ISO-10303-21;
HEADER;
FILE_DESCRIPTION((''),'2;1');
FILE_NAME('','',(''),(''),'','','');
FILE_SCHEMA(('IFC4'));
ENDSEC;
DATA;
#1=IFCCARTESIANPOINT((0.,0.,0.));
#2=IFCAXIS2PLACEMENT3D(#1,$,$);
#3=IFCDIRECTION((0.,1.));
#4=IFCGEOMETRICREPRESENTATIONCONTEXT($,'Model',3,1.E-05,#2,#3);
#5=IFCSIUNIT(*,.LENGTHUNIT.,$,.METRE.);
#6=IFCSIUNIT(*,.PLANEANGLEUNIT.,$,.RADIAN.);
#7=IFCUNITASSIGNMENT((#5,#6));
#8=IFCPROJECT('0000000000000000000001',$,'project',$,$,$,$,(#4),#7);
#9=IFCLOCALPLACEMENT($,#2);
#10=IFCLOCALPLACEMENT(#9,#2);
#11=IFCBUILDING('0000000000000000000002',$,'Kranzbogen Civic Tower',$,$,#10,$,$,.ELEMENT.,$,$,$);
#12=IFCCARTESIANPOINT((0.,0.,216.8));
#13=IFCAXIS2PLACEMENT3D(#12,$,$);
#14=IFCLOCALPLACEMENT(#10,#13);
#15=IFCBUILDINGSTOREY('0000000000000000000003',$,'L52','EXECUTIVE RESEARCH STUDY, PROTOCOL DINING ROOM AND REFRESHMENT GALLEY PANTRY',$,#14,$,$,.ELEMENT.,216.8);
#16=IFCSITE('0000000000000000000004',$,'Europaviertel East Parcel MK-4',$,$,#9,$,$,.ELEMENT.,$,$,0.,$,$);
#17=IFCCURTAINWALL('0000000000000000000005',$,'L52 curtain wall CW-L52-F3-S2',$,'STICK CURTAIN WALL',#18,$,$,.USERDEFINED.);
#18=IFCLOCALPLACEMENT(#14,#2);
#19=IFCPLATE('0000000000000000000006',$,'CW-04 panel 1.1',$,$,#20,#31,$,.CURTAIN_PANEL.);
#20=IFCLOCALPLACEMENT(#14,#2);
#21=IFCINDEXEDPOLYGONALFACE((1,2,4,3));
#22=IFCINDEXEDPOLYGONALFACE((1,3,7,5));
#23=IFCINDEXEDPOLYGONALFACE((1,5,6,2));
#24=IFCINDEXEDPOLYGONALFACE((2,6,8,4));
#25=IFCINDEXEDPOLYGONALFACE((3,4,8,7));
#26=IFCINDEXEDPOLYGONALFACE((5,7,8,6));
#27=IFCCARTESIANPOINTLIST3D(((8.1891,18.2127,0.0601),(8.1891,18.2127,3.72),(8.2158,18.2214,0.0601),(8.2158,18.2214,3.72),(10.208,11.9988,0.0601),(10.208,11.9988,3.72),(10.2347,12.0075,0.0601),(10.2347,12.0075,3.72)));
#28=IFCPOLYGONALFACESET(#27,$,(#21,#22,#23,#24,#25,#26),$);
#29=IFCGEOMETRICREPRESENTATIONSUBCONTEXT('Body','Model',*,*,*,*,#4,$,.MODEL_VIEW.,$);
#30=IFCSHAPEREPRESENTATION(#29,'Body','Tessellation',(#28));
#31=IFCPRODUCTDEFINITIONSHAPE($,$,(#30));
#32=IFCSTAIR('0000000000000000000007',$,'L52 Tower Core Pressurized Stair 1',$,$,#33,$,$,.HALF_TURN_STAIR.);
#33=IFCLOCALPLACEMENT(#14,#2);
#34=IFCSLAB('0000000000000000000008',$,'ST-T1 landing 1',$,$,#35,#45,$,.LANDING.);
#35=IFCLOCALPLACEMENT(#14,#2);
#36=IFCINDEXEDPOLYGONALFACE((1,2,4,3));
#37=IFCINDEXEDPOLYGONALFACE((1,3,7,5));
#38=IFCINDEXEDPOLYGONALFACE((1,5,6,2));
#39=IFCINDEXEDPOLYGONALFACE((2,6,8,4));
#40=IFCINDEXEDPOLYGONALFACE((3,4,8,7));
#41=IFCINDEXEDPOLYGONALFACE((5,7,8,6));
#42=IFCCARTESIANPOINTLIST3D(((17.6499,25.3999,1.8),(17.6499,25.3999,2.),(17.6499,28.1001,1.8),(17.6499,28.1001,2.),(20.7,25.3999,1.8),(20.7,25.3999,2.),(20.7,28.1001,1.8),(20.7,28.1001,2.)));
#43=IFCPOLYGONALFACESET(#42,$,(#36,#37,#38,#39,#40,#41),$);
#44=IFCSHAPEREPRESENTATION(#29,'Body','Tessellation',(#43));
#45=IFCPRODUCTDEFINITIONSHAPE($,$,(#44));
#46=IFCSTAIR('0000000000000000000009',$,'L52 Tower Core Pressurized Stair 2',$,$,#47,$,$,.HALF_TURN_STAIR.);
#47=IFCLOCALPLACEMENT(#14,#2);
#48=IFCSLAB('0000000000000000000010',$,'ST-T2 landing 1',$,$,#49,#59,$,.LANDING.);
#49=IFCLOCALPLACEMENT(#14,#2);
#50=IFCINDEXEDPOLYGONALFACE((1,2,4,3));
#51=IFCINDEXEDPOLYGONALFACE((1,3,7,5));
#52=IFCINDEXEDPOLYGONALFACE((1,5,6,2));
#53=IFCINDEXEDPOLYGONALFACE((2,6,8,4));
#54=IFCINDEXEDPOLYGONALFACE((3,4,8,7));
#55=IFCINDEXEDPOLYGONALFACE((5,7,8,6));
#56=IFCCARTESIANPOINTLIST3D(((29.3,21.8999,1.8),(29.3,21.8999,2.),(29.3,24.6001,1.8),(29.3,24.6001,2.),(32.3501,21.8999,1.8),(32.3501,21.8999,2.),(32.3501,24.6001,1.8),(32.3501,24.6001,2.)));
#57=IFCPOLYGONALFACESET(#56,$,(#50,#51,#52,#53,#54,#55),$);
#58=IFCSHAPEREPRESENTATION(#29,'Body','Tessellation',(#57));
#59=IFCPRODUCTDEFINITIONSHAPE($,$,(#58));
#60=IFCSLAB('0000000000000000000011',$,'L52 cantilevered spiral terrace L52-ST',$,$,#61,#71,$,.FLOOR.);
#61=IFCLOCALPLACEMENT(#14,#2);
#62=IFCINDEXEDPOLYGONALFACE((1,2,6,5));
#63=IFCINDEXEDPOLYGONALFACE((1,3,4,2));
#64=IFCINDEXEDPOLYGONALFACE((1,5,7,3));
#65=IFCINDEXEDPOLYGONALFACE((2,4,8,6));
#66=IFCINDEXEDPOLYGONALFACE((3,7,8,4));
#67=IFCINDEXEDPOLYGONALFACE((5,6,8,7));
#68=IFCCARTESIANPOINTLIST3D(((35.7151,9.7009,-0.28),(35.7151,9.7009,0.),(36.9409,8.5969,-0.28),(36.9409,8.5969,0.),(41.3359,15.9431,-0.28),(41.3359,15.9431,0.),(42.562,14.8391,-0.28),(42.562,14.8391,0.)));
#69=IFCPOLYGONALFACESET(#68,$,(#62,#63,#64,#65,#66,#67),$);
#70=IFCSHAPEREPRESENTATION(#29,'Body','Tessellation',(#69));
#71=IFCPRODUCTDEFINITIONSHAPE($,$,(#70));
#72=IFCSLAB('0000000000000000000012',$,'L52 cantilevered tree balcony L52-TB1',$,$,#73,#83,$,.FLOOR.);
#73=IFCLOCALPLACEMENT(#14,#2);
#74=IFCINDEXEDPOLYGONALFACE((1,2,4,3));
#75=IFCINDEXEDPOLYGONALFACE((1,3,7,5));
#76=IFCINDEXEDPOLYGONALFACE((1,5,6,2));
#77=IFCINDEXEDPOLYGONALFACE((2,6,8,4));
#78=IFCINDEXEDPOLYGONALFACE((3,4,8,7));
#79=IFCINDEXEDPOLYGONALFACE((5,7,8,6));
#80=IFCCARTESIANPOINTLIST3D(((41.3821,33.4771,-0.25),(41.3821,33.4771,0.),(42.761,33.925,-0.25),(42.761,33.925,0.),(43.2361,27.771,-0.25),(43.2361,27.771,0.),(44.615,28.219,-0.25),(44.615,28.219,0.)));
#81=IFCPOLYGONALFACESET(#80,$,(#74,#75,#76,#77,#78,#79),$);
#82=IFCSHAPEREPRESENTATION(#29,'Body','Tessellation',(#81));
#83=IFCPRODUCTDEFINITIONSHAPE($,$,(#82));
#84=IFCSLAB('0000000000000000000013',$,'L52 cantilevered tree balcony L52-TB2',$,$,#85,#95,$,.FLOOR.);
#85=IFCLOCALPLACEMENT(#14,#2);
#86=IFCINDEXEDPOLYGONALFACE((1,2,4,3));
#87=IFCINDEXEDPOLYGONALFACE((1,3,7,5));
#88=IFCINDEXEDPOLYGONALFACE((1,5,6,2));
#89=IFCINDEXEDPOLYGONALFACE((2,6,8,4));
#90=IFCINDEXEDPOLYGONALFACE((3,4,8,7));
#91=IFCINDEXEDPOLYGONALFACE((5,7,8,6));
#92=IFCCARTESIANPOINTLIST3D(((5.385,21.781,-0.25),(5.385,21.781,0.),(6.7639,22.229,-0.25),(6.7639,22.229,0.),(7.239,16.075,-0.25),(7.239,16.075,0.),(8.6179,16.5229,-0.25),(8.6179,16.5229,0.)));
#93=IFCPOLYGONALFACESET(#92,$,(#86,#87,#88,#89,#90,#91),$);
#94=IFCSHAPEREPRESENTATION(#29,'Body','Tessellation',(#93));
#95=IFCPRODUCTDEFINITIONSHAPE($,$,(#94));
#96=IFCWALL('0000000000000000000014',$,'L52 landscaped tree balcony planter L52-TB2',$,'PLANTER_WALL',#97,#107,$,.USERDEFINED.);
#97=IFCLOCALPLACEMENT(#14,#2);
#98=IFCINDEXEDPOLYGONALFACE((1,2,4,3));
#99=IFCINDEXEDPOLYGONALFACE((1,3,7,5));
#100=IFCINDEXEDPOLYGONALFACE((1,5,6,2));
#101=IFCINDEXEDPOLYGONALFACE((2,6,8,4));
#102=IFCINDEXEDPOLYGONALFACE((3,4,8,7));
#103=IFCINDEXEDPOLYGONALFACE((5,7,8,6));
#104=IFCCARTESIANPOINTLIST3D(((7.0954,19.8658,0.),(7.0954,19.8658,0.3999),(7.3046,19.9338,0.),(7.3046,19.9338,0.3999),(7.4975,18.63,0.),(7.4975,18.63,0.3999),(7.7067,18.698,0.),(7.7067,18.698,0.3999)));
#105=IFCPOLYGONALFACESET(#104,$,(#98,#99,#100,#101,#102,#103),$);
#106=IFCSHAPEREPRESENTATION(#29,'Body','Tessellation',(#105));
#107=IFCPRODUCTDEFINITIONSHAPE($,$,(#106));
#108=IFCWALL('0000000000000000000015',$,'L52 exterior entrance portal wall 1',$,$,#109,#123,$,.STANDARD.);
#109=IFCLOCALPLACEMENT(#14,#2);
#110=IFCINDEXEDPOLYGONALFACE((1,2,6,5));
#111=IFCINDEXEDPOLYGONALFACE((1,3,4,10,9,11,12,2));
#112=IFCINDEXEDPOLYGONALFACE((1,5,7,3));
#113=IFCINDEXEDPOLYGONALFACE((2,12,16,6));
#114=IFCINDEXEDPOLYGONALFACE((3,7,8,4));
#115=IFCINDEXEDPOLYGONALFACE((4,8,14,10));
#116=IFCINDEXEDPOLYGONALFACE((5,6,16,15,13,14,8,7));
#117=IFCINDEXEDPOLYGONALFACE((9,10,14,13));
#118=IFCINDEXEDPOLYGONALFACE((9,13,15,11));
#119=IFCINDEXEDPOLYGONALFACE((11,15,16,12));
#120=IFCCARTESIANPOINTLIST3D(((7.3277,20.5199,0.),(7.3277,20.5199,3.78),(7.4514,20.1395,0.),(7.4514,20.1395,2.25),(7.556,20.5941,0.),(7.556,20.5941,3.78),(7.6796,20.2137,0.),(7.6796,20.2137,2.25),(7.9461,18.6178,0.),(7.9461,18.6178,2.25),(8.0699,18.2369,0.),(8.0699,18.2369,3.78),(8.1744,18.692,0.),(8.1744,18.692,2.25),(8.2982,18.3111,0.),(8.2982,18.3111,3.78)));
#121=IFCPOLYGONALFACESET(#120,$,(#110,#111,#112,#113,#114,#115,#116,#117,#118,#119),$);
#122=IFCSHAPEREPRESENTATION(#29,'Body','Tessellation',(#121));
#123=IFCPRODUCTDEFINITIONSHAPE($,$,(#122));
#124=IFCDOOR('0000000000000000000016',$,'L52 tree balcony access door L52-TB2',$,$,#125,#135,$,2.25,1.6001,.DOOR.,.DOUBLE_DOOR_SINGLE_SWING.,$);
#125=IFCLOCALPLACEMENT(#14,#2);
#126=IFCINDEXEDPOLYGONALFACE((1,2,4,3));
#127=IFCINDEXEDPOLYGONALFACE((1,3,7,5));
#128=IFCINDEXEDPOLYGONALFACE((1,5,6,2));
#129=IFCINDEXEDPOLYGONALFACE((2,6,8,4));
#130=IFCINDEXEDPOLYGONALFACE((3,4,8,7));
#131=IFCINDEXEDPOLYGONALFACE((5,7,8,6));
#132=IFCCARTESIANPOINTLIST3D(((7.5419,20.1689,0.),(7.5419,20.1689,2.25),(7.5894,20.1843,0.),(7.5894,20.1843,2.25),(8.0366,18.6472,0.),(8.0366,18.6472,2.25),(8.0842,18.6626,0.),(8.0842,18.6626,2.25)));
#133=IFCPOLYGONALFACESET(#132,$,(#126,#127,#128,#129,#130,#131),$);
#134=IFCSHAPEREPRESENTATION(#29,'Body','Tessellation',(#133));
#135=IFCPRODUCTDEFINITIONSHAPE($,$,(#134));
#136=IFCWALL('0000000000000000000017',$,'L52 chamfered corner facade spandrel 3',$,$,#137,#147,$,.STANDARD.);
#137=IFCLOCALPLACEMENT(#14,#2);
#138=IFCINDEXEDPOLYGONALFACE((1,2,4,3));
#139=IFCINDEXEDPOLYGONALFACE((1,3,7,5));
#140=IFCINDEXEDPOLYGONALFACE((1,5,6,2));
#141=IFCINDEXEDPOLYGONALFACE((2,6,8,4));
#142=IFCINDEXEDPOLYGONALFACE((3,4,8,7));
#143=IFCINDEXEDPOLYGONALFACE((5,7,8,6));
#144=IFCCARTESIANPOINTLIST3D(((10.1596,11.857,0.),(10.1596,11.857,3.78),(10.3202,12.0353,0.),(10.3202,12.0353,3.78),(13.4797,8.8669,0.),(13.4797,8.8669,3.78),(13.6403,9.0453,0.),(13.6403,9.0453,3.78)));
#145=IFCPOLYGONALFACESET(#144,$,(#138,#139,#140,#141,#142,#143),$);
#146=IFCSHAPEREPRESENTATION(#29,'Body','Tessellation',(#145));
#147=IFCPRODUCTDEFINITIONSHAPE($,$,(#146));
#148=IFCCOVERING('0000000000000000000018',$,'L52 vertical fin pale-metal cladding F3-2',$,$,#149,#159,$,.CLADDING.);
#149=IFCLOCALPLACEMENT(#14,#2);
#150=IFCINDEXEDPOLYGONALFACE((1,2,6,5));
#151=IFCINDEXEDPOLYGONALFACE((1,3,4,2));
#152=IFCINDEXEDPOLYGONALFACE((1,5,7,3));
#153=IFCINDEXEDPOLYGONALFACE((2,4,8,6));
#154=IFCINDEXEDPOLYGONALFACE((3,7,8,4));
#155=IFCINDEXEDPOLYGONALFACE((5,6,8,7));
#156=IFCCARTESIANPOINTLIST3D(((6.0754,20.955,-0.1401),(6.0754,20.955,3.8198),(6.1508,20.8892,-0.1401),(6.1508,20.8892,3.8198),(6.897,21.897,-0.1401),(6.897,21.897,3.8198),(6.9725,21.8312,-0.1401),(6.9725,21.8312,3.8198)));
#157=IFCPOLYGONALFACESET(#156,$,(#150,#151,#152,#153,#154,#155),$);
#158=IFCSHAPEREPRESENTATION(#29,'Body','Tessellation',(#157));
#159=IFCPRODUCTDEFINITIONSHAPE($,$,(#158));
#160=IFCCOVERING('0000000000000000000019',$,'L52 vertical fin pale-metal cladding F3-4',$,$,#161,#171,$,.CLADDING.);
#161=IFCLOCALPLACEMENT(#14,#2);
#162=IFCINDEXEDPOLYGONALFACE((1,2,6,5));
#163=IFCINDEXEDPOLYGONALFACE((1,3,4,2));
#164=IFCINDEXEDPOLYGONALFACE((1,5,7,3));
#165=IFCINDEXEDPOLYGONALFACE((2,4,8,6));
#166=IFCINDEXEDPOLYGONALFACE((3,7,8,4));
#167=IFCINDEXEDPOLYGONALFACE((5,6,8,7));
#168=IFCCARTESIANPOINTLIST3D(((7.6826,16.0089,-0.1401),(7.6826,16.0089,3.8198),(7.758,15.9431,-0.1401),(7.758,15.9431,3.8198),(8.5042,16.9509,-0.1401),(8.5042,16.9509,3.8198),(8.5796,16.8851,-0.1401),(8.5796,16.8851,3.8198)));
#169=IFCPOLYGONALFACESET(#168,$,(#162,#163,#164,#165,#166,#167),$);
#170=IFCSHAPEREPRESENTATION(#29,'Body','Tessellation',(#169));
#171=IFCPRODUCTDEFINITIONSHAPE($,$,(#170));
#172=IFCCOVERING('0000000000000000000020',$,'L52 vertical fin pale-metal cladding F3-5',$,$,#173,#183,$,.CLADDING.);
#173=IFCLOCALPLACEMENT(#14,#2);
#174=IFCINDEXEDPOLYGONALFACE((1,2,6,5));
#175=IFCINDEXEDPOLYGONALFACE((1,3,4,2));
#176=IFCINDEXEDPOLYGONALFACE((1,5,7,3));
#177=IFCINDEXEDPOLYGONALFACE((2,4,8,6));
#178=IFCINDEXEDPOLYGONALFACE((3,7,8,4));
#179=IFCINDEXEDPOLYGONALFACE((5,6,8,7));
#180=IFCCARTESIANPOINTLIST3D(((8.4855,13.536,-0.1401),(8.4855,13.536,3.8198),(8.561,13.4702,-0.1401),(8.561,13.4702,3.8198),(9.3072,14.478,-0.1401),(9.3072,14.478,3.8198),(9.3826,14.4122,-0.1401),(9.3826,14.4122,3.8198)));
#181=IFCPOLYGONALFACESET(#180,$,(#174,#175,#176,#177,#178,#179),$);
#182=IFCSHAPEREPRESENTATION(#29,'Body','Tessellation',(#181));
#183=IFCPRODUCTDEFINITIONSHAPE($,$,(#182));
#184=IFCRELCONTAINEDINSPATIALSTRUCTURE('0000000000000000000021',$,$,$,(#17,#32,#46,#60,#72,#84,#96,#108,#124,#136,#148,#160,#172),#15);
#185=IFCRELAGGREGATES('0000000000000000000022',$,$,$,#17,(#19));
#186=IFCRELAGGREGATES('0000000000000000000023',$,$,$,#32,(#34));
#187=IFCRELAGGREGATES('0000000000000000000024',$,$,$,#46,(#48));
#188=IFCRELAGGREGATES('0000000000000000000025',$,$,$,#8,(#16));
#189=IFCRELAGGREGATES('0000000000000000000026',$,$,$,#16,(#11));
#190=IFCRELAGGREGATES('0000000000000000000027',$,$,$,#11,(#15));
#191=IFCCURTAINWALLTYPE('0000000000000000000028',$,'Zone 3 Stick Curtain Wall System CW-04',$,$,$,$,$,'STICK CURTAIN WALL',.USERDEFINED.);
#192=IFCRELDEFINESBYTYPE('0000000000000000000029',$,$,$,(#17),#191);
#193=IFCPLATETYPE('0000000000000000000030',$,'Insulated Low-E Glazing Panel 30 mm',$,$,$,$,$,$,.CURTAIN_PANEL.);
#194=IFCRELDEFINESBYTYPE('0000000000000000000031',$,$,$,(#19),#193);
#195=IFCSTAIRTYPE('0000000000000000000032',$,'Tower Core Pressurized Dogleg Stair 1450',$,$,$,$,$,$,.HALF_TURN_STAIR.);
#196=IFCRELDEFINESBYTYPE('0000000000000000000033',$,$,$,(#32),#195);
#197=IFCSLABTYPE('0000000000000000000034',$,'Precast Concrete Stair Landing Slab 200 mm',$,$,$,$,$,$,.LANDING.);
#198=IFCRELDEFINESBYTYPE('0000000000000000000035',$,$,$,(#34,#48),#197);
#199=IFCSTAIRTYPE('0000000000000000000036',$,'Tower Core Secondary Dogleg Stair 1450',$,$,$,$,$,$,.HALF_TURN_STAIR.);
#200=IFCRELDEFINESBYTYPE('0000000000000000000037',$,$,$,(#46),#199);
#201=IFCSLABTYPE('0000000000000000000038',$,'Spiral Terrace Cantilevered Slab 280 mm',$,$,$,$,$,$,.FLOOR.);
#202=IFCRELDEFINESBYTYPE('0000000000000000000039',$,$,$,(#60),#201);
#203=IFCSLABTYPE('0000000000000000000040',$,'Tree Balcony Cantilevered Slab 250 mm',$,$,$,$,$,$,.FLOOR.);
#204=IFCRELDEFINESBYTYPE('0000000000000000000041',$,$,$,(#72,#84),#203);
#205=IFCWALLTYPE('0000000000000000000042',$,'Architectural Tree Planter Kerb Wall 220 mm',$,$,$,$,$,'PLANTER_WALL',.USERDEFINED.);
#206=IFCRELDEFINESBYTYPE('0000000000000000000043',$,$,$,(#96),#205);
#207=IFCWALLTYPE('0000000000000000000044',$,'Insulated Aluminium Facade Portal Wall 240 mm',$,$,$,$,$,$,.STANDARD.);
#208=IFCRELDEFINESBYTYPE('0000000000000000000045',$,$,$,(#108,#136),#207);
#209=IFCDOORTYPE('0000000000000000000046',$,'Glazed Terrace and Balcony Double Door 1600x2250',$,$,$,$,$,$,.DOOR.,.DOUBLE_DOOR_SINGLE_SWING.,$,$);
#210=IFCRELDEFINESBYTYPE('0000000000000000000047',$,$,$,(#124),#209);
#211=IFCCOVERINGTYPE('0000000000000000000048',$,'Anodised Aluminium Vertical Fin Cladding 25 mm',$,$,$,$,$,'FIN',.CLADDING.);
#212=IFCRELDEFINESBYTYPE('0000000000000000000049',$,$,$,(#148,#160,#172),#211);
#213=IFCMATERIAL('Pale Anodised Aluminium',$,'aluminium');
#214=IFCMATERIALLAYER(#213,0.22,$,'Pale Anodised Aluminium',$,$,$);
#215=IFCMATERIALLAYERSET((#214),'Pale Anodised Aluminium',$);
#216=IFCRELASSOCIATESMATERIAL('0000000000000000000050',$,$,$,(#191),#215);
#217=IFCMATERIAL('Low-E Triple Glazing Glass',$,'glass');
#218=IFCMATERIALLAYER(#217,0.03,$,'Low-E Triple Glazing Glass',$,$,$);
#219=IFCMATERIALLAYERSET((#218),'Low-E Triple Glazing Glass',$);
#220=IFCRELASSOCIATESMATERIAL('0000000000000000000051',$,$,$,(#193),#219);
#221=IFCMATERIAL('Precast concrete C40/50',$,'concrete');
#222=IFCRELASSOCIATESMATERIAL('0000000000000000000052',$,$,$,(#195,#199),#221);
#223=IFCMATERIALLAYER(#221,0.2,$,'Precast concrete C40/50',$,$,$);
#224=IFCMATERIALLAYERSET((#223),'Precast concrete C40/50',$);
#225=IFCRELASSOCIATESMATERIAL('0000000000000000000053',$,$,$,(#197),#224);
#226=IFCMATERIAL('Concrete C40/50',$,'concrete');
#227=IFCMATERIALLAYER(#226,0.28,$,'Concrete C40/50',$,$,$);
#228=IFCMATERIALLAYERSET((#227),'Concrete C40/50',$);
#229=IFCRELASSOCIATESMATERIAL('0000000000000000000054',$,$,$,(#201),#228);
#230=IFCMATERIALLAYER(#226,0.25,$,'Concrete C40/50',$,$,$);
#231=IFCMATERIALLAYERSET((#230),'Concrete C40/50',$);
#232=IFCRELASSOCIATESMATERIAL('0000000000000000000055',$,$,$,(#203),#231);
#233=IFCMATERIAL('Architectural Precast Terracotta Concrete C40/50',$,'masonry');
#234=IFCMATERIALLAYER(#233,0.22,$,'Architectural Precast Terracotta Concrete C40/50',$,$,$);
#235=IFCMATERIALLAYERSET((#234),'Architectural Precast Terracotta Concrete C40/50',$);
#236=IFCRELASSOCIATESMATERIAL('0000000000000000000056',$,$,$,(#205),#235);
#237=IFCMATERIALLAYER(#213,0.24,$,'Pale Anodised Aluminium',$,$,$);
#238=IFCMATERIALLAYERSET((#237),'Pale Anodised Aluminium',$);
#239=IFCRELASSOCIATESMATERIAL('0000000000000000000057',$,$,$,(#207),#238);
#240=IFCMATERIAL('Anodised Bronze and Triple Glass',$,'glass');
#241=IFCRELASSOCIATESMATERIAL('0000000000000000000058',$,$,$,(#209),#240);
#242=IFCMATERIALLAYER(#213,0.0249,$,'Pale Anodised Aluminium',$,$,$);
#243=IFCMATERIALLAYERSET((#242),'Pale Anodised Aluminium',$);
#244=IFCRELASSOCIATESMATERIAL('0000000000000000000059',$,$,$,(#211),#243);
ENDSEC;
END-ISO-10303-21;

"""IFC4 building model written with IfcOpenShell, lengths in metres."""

from ifc_helpers import new_model, si_unit, direction, frame, frame_2d, origin, origin_2d, place, context, subcontext, project, spatial, polyline, rectangle, outline, extrude, material, layer, layer_set, type_object, element, fill, aggregate, save


model = new_model("IFC4")

# Units and contexts
model_context = context("Model", 3, precision=1e-05, world=origin(), true_north=direction((0.0, 1.0)))
body_context = subcontext(model_context, "Body", "Model", "MODEL_VIEW")
ifc_project = project(units=[si_unit("LENGTHUNIT", "METRE"), si_unit("PLANEANGLEUNIT", "RADIAN")], contexts=[model_context])

# Site, building, storey
site_placement = place(None, origin())
site = spatial("IfcSite", under=ifc_project, at=site_placement, Name="Europaviertel East Parcel MK-4", CompositionType="ELEMENT", RefElevation=0.0)
building_placement = place(site_placement, origin())
building = spatial("IfcBuilding", under=site, at=building_placement, Name="Kranzbogen Civic Tower", CompositionType="ELEMENT")
storey_placement = place(building_placement, frame((0.0, 0.0, 216.8)))
storey = spatial("IfcBuildingStorey", under=building, at=storey_placement, Name="L52", Description="EXECUTIVE RESEARCH STUDY, PROTOCOL DINING ROOM AND REFRESHMENT GALLEY PANTRY", CompositionType="ELEMENT", Elevation=216.8)

# Shared definitions
ifc_material_1 = material(Name="Pale Anodised Aluminium", Category="aluminium")
ifc_layer_1 = layer(ifc_material_1, 0.22, Name="Pale Anodised Aluminium")
ifc_layer_set_1 = layer_set([ifc_layer_1], Name="Pale Anodised Aluminium")
curtain_wall_type = type_object("IfcCurtainWallType", Name="Zone 3 Stick Curtain Wall System CW-04", ElementType="STICK CURTAIN WALL", PredefinedType="USERDEFINED", material=ifc_layer_set_1)

# Curtain wall
curtain_wall_1_placement = place(storey_placement, origin())
curtain_wall_1 = element("IfcCurtainWall", 1, at=curtain_wall_1_placement, inside=storey, type_object=curtain_wall_type, Name="L52 curtain wall CW-L52-F3-S2", ObjectType="STICK CURTAIN WALL", PredefinedType="USERDEFINED")

# Shared definitions
ifc_material_2 = material(Name="Concrete C40/50", Category="concrete")

# Plate
ifc_material_3 = material(Name="Low-E Triple Glazing Glass", Category="glass")
ifc_layer_2 = layer(ifc_material_3, 0.03, Name="Low-E Triple Glazing Glass")
ifc_layer_set_2 = layer_set([ifc_layer_2], Name="Low-E Triple Glazing Glass")
plate_type = type_object("IfcPlateType", Name="Insulated Low-E Glazing Panel 30 mm", PredefinedType="CURTAIN_PANEL", material=ifc_layer_set_2)
plate_placement = place(storey_placement, frame((9.2119, 15.1101, 0.0601), z_axis=(0.0, 0.0, 1.0), x_axis=(0.309005, -0.951061, 0.0)))
plate = element("IfcPlate", 2, at=plate_placement, type_object=plate_type, Name="CW-04 panel 1.1", PredefinedType="CURTAIN_PANEL", context=body_context, shape_type="SweptSolid", body=[
    extrude(rectangle(XDim=6.5337, YDim=0.0281, at=origin_2d()), origin(), (0.0, 0.0, 1.0), 3.6599),
])
aggregate(curtain_wall_1, [plate])

# Stairs, slabs
ifc_material_4 = material(Name="Precast concrete C40/50", Category="concrete")
stair_type_1 = type_object("IfcStairType", Name="Tower Core Pressurized Dogleg Stair 1450", PredefinedType="HALF_TURN_STAIR", material=ifc_material_4)
stair_1_placement = place(storey_placement, origin())
stair_1 = element("IfcStair", 3, at=stair_1_placement, inside=storey, type_object=stair_type_1, Name="L52 Tower Core Pressurized Stair 1", PredefinedType="HALF_TURN_STAIR")
ifc_layer_3 = layer(ifc_material_4, 0.2, Name="Precast concrete C40/50")
ifc_layer_set_3 = layer_set([ifc_layer_3], Name="Precast concrete C40/50")
slab_type_1 = type_object("IfcSlabType", Name="Precast Concrete Stair Landing Slab 200 mm", PredefinedType="LANDING", material=ifc_layer_set_3)
slab_1_placement = place(storey_placement, frame((0.0, 0.0, 1.8)))
slab_1 = element("IfcSlab", 4, at=slab_1_placement, type_object=slab_type_1, Name="ST-T1 landing 1", PredefinedType="LANDING", context=body_context, shape_type="SweptSolid", body=[
    extrude(outline(polyline([(20.7, 25.3999), (20.7, 28.1001), (17.6499, 28.1001), (17.6499, 25.3999), (20.7, 25.3999)])), origin(), (0.0, 0.0, 1.0), 0.2),
])
aggregate(stair_1, [slab_1])
stair_type_2 = type_object("IfcStairType", Name="Tower Core Secondary Dogleg Stair 1450", PredefinedType="HALF_TURN_STAIR", material=ifc_material_4)
stair_2_placement = place(storey_placement, origin())
stair_2 = element("IfcStair", 5, at=stair_2_placement, inside=storey, type_object=stair_type_2, Name="L52 Tower Core Pressurized Stair 2", PredefinedType="HALF_TURN_STAIR")
slab_2_placement = place(storey_placement, frame((0.0, 0.0, 1.8)))
slab_2 = element("IfcSlab", 6, at=slab_2_placement, type_object=slab_type_1, Name="ST-T2 landing 1", PredefinedType="LANDING", context=body_context, shape_type="SweptSolid", body=[
    extrude(outline(polyline([(29.3, 24.6001), (29.3, 21.8999), (32.3501, 21.8999), (32.3501, 24.6001), (29.3, 24.6001)])), origin(), (0.0, 0.0, 1.0), 0.2),
])
aggregate(stair_2, [slab_2])

# Slabs
ifc_layer_4 = layer(ifc_material_2, 0.28, Name="Concrete C40/50")
ifc_layer_set_4 = layer_set([ifc_layer_4], Name="Concrete C40/50")
slab_type_2 = type_object("IfcSlabType", Name="Spiral Terrace Cantilevered Slab 280 mm", PredefinedType="FLOOR", material=ifc_layer_set_4)
slab_3_placement = place(storey_placement, frame((0.0, 0.0, -0.28)))
element("IfcSlab", 7, at=slab_3_placement, inside=storey, type_object=slab_type_2, Name="L52 cantilevered spiral terrace L52-ST", PredefinedType="FLOOR", context=body_context, shape_type="SweptSolid", body=[
    extrude(outline(polyline([(35.7151, 9.7009), (41.3359, 15.9431), (42.562, 14.8391), (36.9409, 8.5969), (35.7151, 9.7009)])), origin(), (0.0, 0.0, 1.0), 0.28),
])
ifc_layer_5 = layer(ifc_material_2, 0.25, Name="Concrete C40/50")
ifc_layer_set_5 = layer_set([ifc_layer_5], Name="Concrete C40/50")
slab_type_3 = type_object("IfcSlabType", Name="Tree Balcony Cantilevered Slab 250 mm", PredefinedType="FLOOR", material=ifc_layer_set_5)
slab_4_placement = place(storey_placement, frame((0.0, 0.0, -0.25)))
element("IfcSlab", 8, at=slab_4_placement, inside=storey, type_object=slab_type_3, Name="L52 cantilevered tree balcony L52-TB1", PredefinedType="FLOOR", context=body_context, shape_type="SweptSolid", body=[
    extrude(outline(polyline([(43.2361, 27.771), (41.3821, 33.4771), (42.761, 33.925), (44.615, 28.219), (43.2361, 27.771)])), origin(), (0.0, 0.0, 1.0), 0.25),
])
slab_5_placement = place(storey_placement, frame((0.0, 0.0, -0.25)))
element("IfcSlab", 9, at=slab_5_placement, inside=storey, type_object=slab_type_3, Name="L52 cantilevered tree balcony L52-TB2", PredefinedType="FLOOR", context=body_context, shape_type="SweptSolid", body=[
    extrude(outline(polyline([(6.7639, 22.229), (8.6179, 16.5229), (7.239, 16.075), (5.385, 21.781), (6.7639, 22.229)])), origin(), (0.0, 0.0, 1.0), 0.25),
])

# Wall
ifc_material_5 = material(Name="Architectural Precast Terracotta Concrete C40/50", Category="masonry")
ifc_layer_6 = layer(ifc_material_5, 0.22, Name="Architectural Precast Terracotta Concrete C40/50")
ifc_layer_set_6 = layer_set([ifc_layer_6], Name="Architectural Precast Terracotta Concrete C40/50")
wall_type_1 = type_object("IfcWallType", Name="Architectural Tree Planter Kerb Wall 220 mm", ElementType="PLANTER_WALL", PredefinedType="USERDEFINED", material=ifc_layer_set_6)
wall_1_placement = place(storey_placement, frame((7.2, 19.8999, 0.0), z_axis=(0.0, 0.0, 1.0), x_axis=(0.3094, -0.950932, 0.0)))
element("IfcWall", 10, at=wall_1_placement, inside=storey, type_object=wall_type_1, Name="L52 landscaped tree balcony planter L52-TB2", ObjectType="PLANTER_WALL", PredefinedType="USERDEFINED", context=body_context, shape_type="SweptSolid", body=[
    extrude(rectangle(XDim=1.2996, YDim=0.22, at=frame_2d((0.6499, 0.0))), origin(), (0.0, 0.0, 1.0), 0.3999),
])

# Wall, opening, door
ifc_layer_7 = layer(ifc_material_1, 0.24, Name="Pale Anodised Aluminium")
ifc_layer_set_7 = layer_set([ifc_layer_7], Name="Pale Anodised Aluminium")
wall_type_2 = type_object("IfcWallType", Name="Insulated Aluminium Facade Portal Wall 240 mm", PredefinedType="STANDARD", material=ifc_layer_set_7)
wall_2_placement = place(storey_placement, frame((7.4419, 20.5569, 0.0), z_axis=(0.0, 0.0, 1.0), x_axis=(0.309171, -0.951006, 0.0)))
wall_2 = element("IfcWall", 11, at=wall_2_placement, inside=storey, type_object=wall_type_2, Name="L52 exterior entrance portal wall 1", PredefinedType="STANDARD", context=body_context, shape_type="SweptSolid", body=[
    extrude(rectangle(XDim=2.4006, YDim=0.24, at=frame_2d((1.2002, 0.0))), origin(), (0.0, 0.0, 1.0), 3.78),
])
opening_placement = place(wall_2_placement, frame((0.3999, 0.0, 0.0)))
opening = element("IfcOpeningElement", 12, at=opening_placement, cuts=wall_2, PredefinedType="OPENING", context=body_context, shape_type="SweptSolid", body=[
    extrude(rectangle(XDim=1.6001, YDim=2.25, at=frame_2d((0.8, 1.125))), frame((0.0, 0.1299, 0.0), z_axis=(0.0, -1.0, 0.0), x_axis=(1.0, 0.0, 0.0)), (0.0, 0.0, 1.0), 0.26),
])
ifc_material_6 = material(Name="Anodised Bronze and Triple Glass", Category="glass")
door_type = type_object("IfcDoorType", Name="Glazed Terrace and Balcony Double Door 1600x2250", OperationType="DOUBLE_DOOR_SINGLE_SWING", PredefinedType="DOOR", material=ifc_material_6)
door_placement = place(opening_placement, frame((1.6001, 0.0, 0.0), z_axis=(0.0, 0.0, 1.0), x_axis=(-1.0, 0.0, 0.0)))
door = element("IfcDoor", 13, at=door_placement, inside=storey, type_object=door_type, Name="L52 tree balcony access door L52-TB2", OperationType="DOUBLE_DOOR_SINGLE_SWING", OverallHeight=2.25, OverallWidth=1.6001, PredefinedType="DOOR", context=body_context, shape_type="SweptSolid", body=[
    extrude(rectangle(XDim=1.6001, YDim=2.25, at=frame_2d((0.8, 1.125))), frame((0.0, 0.0249, 0.0), z_axis=(0.0, -1.0, 0.0), x_axis=(1.0, 0.0, 0.0)), (0.0, 0.0, 1.0), 0.05),
])
fill(opening, door)

# Wall
wall_3_placement = place(storey_placement, frame((10.24, 11.946, 0.0), z_axis=(0.0, 0.0, 1.0), x_axis=(0.743079, -0.669203, 0.0)))
element("IfcWall", 14, at=wall_3_placement, inside=storey, type_object=wall_type_2, Name="L52 chamfered corner facade spandrel 3", PredefinedType="STANDARD", context=body_context, shape_type="SweptSolid", body=[
    extrude(rectangle(XDim=4.468, YDim=0.24, at=frame_2d((2.2339, 0.0))), origin(), (0.0, 0.0, 1.0), 3.78),
])

# Coverings
ifc_layer_8 = layer(ifc_material_1, 0.0249, Name="Pale Anodised Aluminium")
ifc_layer_set_8 = layer_set([ifc_layer_8], Name="Pale Anodised Aluminium")
covering_type_1 = type_object("IfcCoveringType", Name="Anodised Aluminium Vertical Fin Cladding 25 mm", ElementType="FIN", PredefinedType="CLADDING", material=ifc_layer_set_8)
for number, where, z_axis, x_axis, name in (
    (15, (6.5239, 21.3931, -0.1401), (0.0, 0.0, 1.0), (-0.657323, -0.753609, 0.0), "L52 vertical fin pale-metal cladding F3-2"),
    (16, (8.1311, 16.447, -0.1401), (0.0, 0.0, 1.0), (-0.657323, -0.753609, 0.0), "L52 vertical fin pale-metal cladding F3-4"),
    (17, (8.9341, 13.9741, -0.1401), (0.0, 0.0, 1.0), (-0.657323, -0.753609, 0.0), "L52 vertical fin pale-metal cladding F3-5"),
):
    element("IfcCovering", number, at=place(storey_placement, frame(where, z_axis=z_axis, x_axis=x_axis)), inside=storey, type_object=covering_type_1, Name=name, PredefinedType="CLADDING", context=body_context, shape_type="SweptSolid", body=[
        extrude(rectangle(XDim=1.25, YDim=0.1001, at=origin_2d()), origin(), (0.0, 0.0, 1.0), 3.96),
    ])

save(model, "model.ifc")
